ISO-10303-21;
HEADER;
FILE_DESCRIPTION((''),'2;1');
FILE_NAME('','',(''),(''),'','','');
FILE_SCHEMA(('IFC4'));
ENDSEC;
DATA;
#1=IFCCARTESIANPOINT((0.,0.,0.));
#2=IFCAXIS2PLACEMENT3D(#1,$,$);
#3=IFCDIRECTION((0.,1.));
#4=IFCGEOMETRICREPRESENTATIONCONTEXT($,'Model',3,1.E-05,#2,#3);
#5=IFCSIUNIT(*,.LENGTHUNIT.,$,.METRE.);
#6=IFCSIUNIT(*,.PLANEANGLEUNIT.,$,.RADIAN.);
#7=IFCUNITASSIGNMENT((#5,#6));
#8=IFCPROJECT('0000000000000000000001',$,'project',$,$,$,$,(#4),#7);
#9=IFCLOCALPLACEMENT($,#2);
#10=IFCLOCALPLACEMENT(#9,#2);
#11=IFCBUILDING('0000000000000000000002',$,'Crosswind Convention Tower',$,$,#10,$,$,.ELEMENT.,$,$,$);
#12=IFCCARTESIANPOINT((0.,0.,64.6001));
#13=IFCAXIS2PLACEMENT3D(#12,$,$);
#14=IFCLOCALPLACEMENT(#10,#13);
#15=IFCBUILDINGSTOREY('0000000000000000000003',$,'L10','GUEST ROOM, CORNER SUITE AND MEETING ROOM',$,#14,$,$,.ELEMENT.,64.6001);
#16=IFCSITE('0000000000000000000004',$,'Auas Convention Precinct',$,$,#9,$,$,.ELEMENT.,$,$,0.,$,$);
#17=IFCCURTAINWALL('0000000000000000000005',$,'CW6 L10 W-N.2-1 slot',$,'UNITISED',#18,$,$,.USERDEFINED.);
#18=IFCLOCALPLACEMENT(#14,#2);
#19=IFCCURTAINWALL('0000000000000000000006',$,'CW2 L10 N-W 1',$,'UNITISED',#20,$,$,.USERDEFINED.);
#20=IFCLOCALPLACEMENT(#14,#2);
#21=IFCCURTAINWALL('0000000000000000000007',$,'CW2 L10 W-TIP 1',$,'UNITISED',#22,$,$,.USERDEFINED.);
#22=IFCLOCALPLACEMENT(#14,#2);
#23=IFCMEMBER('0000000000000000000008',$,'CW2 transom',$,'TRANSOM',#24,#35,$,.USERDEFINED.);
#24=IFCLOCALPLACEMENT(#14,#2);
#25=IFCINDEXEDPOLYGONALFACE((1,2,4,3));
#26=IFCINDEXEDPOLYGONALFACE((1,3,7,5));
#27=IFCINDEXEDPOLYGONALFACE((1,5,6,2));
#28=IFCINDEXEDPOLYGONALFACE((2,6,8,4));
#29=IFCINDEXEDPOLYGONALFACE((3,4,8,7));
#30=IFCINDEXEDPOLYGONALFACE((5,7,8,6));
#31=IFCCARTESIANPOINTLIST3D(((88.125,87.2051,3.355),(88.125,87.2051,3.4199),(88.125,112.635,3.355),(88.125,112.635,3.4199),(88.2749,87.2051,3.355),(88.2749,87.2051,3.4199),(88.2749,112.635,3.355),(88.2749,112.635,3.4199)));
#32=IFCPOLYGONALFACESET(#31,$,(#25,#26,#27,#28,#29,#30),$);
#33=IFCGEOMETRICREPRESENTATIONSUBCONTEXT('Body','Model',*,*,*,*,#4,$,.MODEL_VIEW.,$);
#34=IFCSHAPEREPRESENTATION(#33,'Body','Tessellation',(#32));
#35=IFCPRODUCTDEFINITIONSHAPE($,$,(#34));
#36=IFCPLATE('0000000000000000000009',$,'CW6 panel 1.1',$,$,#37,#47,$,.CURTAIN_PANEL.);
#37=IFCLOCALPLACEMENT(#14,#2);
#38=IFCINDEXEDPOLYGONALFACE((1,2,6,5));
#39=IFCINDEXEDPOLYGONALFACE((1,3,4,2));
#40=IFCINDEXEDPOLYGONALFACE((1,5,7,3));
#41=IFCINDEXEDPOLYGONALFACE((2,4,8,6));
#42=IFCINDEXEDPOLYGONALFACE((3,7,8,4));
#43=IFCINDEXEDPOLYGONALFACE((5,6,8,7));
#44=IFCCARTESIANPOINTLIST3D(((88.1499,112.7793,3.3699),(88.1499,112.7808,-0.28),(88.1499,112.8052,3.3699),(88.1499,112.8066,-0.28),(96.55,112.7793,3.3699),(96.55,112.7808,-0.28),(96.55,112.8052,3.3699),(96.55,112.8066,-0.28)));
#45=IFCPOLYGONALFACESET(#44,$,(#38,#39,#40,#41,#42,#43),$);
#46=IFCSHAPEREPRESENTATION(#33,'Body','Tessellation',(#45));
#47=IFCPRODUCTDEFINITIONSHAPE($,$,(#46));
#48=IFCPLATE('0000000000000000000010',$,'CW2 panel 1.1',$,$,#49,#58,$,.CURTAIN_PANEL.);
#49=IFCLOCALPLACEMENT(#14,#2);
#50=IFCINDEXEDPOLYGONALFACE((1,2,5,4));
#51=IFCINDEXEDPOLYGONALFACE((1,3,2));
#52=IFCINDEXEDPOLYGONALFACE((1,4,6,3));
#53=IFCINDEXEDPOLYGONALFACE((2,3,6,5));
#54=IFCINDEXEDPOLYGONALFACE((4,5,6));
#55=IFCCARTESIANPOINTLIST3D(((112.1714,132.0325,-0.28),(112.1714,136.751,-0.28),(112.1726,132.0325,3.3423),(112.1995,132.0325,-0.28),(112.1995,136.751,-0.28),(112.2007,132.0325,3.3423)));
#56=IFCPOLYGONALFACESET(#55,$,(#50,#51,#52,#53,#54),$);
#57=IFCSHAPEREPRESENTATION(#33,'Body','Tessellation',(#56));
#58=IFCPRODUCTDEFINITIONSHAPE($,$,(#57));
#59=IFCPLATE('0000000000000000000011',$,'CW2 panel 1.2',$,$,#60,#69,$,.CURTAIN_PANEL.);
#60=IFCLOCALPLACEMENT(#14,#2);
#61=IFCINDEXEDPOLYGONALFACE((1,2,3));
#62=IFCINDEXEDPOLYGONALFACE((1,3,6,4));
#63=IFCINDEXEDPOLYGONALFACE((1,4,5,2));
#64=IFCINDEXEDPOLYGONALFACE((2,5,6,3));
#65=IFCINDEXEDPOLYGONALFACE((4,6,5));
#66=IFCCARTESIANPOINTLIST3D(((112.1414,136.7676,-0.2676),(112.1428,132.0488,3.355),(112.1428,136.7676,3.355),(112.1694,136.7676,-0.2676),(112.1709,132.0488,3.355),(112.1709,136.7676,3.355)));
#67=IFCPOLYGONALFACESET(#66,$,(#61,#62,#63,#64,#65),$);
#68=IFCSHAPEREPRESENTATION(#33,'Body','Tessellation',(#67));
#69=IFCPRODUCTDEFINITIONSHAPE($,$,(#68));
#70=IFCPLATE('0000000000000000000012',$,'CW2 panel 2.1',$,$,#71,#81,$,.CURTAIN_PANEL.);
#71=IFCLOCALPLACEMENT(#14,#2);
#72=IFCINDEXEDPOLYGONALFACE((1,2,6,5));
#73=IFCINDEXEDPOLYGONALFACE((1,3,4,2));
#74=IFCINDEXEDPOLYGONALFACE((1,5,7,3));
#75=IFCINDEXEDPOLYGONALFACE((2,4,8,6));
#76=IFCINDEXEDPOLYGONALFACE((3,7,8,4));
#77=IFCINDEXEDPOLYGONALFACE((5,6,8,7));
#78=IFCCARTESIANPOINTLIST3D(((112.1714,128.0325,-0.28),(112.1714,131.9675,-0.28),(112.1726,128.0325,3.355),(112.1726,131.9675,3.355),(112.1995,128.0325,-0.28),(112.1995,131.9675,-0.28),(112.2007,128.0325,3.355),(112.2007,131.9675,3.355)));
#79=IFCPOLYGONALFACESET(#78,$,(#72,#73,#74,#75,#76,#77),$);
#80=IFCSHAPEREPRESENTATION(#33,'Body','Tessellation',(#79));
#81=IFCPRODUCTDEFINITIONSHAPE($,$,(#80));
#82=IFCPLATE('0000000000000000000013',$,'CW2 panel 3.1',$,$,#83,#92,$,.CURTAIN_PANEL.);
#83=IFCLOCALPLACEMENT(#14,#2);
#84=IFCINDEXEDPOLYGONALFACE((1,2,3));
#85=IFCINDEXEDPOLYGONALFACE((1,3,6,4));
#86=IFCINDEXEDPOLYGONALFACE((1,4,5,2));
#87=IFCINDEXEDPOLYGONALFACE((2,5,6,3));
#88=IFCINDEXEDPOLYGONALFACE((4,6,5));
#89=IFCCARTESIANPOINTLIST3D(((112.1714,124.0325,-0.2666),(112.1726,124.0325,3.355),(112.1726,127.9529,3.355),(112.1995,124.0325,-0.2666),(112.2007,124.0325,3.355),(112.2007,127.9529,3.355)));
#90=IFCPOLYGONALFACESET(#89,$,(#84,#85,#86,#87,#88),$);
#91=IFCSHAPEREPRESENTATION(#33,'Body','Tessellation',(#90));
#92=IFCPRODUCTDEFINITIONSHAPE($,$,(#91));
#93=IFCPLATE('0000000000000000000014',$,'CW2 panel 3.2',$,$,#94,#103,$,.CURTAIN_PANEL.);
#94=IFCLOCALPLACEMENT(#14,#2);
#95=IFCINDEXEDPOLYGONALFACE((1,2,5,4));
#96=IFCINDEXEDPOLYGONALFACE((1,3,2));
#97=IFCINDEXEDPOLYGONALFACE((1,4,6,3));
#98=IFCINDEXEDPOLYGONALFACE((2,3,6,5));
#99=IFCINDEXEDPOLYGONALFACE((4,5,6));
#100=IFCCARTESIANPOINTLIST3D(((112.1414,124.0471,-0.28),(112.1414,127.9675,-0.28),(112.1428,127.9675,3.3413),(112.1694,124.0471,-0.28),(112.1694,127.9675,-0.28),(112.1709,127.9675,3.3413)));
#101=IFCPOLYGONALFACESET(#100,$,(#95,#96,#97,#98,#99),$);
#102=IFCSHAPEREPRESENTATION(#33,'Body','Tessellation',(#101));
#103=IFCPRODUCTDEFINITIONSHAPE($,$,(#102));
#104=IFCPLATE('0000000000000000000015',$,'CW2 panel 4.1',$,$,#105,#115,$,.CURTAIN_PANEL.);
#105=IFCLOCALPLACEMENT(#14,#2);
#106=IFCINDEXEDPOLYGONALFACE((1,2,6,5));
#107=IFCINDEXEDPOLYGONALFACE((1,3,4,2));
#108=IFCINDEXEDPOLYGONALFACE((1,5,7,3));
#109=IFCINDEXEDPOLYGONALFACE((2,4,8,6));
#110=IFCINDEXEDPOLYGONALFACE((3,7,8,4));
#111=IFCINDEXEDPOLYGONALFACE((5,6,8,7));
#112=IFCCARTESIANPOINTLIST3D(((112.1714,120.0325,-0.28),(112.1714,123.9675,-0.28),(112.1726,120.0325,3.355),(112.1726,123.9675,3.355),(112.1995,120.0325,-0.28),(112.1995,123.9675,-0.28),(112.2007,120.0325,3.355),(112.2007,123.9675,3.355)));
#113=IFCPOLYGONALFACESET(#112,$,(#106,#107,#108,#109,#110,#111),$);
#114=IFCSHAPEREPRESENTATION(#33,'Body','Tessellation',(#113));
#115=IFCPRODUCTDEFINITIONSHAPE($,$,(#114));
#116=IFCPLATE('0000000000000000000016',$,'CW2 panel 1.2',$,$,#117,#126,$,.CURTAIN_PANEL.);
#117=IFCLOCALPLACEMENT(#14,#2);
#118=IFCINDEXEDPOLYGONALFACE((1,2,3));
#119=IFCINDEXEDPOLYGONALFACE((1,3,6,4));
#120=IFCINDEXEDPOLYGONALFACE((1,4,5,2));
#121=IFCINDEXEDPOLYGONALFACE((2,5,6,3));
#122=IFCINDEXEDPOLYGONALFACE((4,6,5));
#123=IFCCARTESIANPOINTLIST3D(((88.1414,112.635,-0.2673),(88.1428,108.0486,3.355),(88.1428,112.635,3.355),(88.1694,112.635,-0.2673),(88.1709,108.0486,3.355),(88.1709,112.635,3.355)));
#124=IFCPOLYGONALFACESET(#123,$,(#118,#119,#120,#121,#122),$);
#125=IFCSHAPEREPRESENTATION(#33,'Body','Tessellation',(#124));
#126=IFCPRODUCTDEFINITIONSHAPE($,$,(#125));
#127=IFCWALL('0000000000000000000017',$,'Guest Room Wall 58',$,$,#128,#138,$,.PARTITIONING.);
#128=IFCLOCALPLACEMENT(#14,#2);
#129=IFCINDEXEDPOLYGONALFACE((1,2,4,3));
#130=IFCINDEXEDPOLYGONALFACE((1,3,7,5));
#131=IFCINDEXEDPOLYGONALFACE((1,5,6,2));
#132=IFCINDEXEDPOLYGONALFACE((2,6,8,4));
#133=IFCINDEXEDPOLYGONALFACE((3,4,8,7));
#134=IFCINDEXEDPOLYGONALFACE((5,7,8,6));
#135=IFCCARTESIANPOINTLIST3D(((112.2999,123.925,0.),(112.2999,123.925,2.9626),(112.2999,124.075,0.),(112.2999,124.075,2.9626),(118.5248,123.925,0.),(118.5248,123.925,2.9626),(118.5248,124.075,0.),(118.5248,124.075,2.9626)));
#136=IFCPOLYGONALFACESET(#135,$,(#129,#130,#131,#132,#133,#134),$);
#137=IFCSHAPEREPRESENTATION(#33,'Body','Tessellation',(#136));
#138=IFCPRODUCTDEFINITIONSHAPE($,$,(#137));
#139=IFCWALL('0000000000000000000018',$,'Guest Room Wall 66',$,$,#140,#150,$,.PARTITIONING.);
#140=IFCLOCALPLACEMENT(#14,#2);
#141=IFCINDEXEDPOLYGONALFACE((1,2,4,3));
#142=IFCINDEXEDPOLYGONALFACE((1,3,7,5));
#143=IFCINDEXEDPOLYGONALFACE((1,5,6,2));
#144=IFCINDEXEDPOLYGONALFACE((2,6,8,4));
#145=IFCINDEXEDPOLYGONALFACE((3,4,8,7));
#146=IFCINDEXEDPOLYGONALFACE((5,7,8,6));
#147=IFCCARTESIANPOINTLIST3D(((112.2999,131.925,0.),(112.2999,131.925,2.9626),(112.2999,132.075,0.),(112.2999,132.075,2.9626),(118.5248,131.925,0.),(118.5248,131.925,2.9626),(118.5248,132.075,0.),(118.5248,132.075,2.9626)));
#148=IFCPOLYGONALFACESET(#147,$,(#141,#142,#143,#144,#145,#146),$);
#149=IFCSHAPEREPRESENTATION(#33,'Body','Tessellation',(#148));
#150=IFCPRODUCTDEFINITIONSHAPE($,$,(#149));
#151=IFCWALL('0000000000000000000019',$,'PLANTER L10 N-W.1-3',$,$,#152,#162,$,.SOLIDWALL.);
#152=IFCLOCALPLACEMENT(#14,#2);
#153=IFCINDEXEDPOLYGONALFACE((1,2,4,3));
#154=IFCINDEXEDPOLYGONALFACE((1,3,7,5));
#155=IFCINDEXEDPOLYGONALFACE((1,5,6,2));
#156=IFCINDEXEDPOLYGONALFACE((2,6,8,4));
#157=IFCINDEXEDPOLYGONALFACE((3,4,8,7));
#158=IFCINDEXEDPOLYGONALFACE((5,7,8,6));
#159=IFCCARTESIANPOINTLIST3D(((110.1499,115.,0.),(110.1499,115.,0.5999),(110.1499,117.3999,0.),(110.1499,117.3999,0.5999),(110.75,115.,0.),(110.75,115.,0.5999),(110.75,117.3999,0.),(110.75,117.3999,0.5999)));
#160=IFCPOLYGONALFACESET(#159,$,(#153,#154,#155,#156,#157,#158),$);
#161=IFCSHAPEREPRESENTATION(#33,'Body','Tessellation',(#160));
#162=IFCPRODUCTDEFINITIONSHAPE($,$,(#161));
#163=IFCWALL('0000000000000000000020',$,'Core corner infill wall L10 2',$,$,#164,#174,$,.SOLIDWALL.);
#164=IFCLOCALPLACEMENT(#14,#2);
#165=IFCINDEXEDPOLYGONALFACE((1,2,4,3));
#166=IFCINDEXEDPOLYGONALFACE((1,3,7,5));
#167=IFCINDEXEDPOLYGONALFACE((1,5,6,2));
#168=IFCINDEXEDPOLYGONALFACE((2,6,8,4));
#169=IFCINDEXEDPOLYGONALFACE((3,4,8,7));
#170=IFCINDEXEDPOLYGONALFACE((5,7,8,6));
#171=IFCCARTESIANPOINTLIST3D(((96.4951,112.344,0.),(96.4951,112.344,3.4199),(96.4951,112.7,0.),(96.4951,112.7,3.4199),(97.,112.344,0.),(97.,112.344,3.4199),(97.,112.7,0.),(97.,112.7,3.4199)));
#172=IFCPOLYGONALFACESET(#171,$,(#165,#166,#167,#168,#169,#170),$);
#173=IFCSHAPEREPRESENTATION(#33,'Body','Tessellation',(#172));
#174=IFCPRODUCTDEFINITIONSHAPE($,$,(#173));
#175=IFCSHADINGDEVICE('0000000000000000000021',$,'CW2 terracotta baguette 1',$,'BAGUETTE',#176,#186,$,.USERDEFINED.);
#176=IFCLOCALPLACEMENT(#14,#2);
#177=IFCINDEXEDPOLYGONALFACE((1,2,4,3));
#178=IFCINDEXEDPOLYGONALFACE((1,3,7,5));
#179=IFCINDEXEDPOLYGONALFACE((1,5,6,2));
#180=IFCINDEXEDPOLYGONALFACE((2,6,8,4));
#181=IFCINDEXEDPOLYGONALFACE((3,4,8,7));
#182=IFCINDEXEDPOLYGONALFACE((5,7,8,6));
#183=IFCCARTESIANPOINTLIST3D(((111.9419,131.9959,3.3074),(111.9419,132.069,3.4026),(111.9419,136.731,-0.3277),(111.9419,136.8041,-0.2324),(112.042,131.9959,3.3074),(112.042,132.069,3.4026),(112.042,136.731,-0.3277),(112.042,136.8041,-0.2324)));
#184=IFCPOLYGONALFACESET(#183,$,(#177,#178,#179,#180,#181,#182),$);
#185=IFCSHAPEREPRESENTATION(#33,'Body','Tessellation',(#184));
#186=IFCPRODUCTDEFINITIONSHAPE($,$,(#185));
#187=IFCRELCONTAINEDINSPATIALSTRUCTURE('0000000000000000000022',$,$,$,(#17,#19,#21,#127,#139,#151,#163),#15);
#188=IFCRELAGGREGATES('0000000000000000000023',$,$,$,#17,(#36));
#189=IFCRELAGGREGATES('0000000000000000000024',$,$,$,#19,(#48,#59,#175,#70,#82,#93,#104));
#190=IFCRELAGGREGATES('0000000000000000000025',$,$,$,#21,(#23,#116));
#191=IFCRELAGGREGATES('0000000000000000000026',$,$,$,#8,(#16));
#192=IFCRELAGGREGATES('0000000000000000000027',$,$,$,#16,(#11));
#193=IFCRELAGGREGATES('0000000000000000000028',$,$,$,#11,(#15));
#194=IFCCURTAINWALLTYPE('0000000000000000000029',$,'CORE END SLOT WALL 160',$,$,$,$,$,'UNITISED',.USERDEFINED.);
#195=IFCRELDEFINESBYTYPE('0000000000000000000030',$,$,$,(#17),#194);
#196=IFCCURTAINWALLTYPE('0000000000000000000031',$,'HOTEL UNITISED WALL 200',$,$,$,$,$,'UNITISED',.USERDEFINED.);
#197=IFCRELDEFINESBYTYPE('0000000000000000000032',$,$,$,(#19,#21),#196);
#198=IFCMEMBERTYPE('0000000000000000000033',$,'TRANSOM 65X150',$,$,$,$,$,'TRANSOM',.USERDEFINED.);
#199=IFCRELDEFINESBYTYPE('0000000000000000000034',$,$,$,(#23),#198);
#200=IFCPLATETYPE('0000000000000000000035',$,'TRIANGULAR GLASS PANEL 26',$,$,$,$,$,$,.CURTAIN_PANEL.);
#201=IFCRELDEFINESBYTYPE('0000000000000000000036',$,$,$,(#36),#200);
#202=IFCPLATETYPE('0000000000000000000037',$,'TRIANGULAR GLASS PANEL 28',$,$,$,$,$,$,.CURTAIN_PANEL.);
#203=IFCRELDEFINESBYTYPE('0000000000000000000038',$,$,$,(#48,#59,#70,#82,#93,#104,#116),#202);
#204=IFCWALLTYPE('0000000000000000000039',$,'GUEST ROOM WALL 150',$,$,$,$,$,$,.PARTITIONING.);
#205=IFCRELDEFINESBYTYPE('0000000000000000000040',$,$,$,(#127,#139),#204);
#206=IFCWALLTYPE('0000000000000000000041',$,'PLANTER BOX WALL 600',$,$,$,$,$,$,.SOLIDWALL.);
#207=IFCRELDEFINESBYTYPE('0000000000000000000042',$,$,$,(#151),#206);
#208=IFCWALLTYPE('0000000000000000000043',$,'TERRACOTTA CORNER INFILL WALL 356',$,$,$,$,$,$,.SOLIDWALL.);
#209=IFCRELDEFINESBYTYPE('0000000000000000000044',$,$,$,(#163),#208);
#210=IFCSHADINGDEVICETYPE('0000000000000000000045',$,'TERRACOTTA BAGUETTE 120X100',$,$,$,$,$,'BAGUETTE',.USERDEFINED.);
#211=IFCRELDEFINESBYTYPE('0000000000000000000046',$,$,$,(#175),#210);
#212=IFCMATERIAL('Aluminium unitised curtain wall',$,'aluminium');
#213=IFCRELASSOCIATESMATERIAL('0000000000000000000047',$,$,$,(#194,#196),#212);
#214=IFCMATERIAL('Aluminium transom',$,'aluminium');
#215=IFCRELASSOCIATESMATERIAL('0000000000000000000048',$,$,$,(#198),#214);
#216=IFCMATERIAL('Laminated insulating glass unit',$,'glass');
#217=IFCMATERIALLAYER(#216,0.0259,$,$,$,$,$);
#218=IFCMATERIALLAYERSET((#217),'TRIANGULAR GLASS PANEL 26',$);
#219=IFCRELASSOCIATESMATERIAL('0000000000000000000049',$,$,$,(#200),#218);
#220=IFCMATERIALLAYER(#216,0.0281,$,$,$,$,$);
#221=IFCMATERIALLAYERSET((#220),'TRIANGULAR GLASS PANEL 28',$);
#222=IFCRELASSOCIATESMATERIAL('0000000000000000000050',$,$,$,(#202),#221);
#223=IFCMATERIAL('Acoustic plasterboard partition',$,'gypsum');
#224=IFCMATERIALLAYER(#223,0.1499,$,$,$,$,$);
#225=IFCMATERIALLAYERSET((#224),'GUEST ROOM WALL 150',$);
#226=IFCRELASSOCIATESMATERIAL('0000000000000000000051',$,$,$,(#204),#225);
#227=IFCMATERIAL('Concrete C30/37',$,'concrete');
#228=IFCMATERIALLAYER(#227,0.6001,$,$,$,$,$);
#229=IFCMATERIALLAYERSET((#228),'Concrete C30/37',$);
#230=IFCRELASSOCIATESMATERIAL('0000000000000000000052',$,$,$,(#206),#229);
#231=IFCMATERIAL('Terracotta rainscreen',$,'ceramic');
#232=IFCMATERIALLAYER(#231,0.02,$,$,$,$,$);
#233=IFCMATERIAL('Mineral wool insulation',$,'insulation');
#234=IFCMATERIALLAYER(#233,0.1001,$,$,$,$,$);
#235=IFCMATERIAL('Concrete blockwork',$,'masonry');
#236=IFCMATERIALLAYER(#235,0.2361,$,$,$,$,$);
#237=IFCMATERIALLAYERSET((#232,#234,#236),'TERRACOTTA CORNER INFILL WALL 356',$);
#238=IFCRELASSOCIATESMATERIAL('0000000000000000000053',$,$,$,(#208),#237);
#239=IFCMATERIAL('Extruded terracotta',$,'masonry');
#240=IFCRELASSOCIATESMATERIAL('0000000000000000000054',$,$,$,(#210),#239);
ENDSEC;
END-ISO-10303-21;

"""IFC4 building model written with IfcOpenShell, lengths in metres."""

from ifc_helpers import new_model, si_unit, direction, frame, frame_2d, origin, origin_2d, place, context, subcontext, project, spatial, polyline, rectangle, outline, extrude, material, layer, layer_set, material_profile, profile_set, type_object, element, aggregate, save


model = new_model("IFC4")

# Units and contexts
model_context = context("Model", 3, precision=1e-05, world=origin(), true_north=direction((0.0, 1.0)))
body_context = subcontext(model_context, "Body", "Model", "MODEL_VIEW")
ifc_project = project(units=[si_unit("LENGTHUNIT", "METRE"), si_unit("PLANEANGLEUNIT", "RADIAN")], contexts=[model_context])

# Site, building, storey
site_placement = place(None, origin())
site = spatial("IfcSite", under=ifc_project, at=site_placement, Name="Auas Convention Precinct", CompositionType="ELEMENT", RefElevation=0.0)
building_placement = place(site_placement, origin())
building = spatial("IfcBuilding", under=site, at=building_placement, Name="Crosswind Convention Tower", CompositionType="ELEMENT")
storey_placement = place(building_placement, frame((0.0, 0.0, 64.6001)))
storey = spatial("IfcBuildingStorey", under=building, at=storey_placement, Name="L10", Description="GUEST ROOM, CORNER SUITE AND MEETING ROOM", CompositionType="ELEMENT", Elevation=64.6001)

# Curtain wall
ifc_material_1 = material(Name="Aluminium unitised curtain wall", Category="aluminium")
curtain_wall_type_1 = type_object("IfcCurtainWallType", Name="CORE END SLOT WALL 160", ElementType="UNITISED", PredefinedType="USERDEFINED", material=ifc_material_1)
curtain_wall_1_placement = place(storey_placement, origin())
curtain_wall_1 = element("IfcCurtainWall", 1, at=curtain_wall_1_placement, inside=storey, type_object=curtain_wall_type_1, Name="CW6 L10 W-N.2-1 slot", ObjectType="UNITISED", PredefinedType="USERDEFINED")

# Shared definitions
curtain_wall_type_2 = type_object("IfcCurtainWallType", Name="HOTEL UNITISED WALL 200", ElementType="UNITISED", PredefinedType="USERDEFINED", material=ifc_material_1)

# Curtain wall
curtain_wall_2_placement = place(storey_placement, origin())
curtain_wall_2 = element("IfcCurtainWall", 2, at=curtain_wall_2_placement, inside=storey, type_object=curtain_wall_type_2, Name="CW2 L10 N-W 1", ObjectType="UNITISED", PredefinedType="USERDEFINED")

# Curtain wall
curtain_wall_3_placement = place(storey_placement, origin())
curtain_wall_3 = element("IfcCurtainWall", 3, at=curtain_wall_3_placement, inside=storey, type_object=curtain_wall_type_2, Name="CW2 L10 W-TIP 1", ObjectType="UNITISED", PredefinedType="USERDEFINED")

# Member
ifc_material_2 = material(Name="Aluminium transom", Category="aluminium")
ifc_material_profile_1 = material_profile(ifc_material_2, rectangle(XDim=0.1499, YDim=0.0649, at=origin_2d()), Name="AL 150X65")
ifc_profile_set_1 = profile_set([ifc_material_profile_1], Name="Aluminium transom")
member_type_1 = type_object("IfcMemberType", Name="TRANSOM 65X150", ElementType="TRANSOM", PredefinedType="USERDEFINED", material=ifc_profile_set_1)
member_1_placement = place(storey_placement, frame((88.2, 112.635, 3.3875), z_axis=(0.0, -1.0, 0.0), x_axis=(1.0, 0.0, 0.0)))
member_1 = element("IfcMember", 4, at=member_1_placement, type_object=member_type_1, Name="CW2 transom", ObjectType="TRANSOM", PredefinedType="USERDEFINED", context=body_context, shape_type="SweptSolid", body=[
    extrude(rectangle(XDim=0.1499, YDim=0.0649, at=origin_2d()), origin(), (0.0, 0.0, 1.0), 25.4299),
])

# Plates
ifc_material_3 = material(Name="Laminated insulating glass unit", Category="glass")
ifc_layer_1 = layer(ifc_material_3, 0.0259)
ifc_layer_set_1 = layer_set([ifc_layer_1], Name="TRIANGULAR GLASS PANEL 26")
plate_type_1 = type_object("IfcPlateType", Name="TRIANGULAR GLASS PANEL 26", PredefinedType="CURTAIN_PANEL", material=ifc_layer_set_1)
plate_1_placement = place(storey_placement, frame((96.55, 112.8066, -0.28), z_axis=(0.0, 1.0, 0.000401), x_axis=(-1.0, 0.0, 0.0)))
plate_1 = element("IfcPlate", 5, at=plate_1_placement, type_object=plate_type_1, Name="CW6 panel 1.1", PredefinedType="CURTAIN_PANEL", context=body_context, shape_type="SweptSolid", body=[
    extrude(outline(polyline([(0.0, 0.0), (8.4001, 0.0), (8.4001, 3.6499), (0.0, 3.6499), (0.0, 0.0)])), origin(), (0.0, 0.0, -1.0), 0.0259),
])
aggregate(curtain_wall_1, [plate_1])
ifc_layer_2 = layer(ifc_material_3, 0.0281)
ifc_layer_set_2 = layer_set([ifc_layer_2], Name="TRIANGULAR GLASS PANEL 28")
plate_type_2 = type_object("IfcPlateType", Name="TRIANGULAR GLASS PANEL 28", PredefinedType="CURTAIN_PANEL", material=ifc_layer_set_2)
plate_2_placement = place(storey_placement, frame((112.1714, 132.0325, -0.28), z_axis=(-1.0, 0.0, 0.000337), x_axis=(0.000337, 0.0, 1.0)))
plate_2 = element("IfcPlate", 6, at=plate_2_placement, type_object=plate_type_2, Name="CW2 panel 1.1", PredefinedType="CURTAIN_PANEL", context=body_context, shape_type="SweptSolid", body=[
    extrude(outline(polyline([(0.0, 0.0), (3.6223, 0.0), (0.0, 4.7185), (0.0, 0.0)])), origin(), (0.0, 0.0, -1.0), 0.0281),
])
plate_3_placement = place(storey_placement, frame((112.1428, 136.7676, 3.355), z_axis=(-1.0, 0.0, 0.000404), x_axis=(-0.000404, 0.0, -1.0)))
plate_3 = element("IfcPlate", 7, at=plate_3_placement, type_object=plate_type_2, Name="CW2 panel 1.2", PredefinedType="CURTAIN_PANEL", context=body_context, shape_type="SweptSolid", body=[
    extrude(outline(polyline([(0.0, 0.0), (3.6226, 0.0), (0.0, 4.7187), (0.0, 0.0)])), origin(), (0.0, 0.0, -1.0), 0.0281),
])
plate_4_placement = place(storey_placement, frame((112.1714, 131.9675, -0.28), z_axis=(-1.0, 0.0, 0.000336), x_axis=(0.0, -1.0, 0.0)))
plate_4 = element("IfcPlate", 8, at=plate_4_placement, type_object=plate_type_2, Name="CW2 panel 2.1", PredefinedType="CURTAIN_PANEL", context=body_context, shape_type="SweptSolid", body=[
    extrude(outline(polyline([(0.0, 0.0), (3.9351, 0.0), (3.9351, 3.635), (0.0, 3.635), (0.0, 0.0)])), origin(), (0.0, 0.0, -1.0), 0.0281),
])
plate_5_placement = place(storey_placement, frame((112.1726, 124.0325, 3.355), z_axis=(-1.0, 0.0, 0.000337), x_axis=(0.0, 1.0, 0.0)))
plate_5 = element("IfcPlate", 9, at=plate_5_placement, type_object=plate_type_2, Name="CW2 panel 3.1", PredefinedType="CURTAIN_PANEL", context=body_context, shape_type="SweptSolid", body=[
    extrude(outline(polyline([(0.0, 0.0), (3.9204, 0.0), (0.0, 3.6216), (0.0, 0.0)])), origin(), (0.0, 0.0, -1.0), 0.0281),
])
plate_6_placement = place(storey_placement, frame((112.1414, 127.9675, -0.28), z_axis=(-1.0, 0.0, 0.000405), x_axis=(0.0, -1.0, 0.0)))
plate_6 = element("IfcPlate", 10, at=plate_6_placement, type_object=plate_type_2, Name="CW2 panel 3.2", PredefinedType="CURTAIN_PANEL", context=body_context, shape_type="SweptSolid", body=[
    extrude(outline(polyline([(0.0, 0.0), (3.9204, 0.0), (0.0, 3.6213), (0.0, 0.0)])), origin(), (0.0, 0.0, -1.0), 0.0281),
])
plate_7_placement = place(storey_placement, frame((112.1714, 123.9675, -0.28), z_axis=(-1.0, 0.0, 0.000336), x_axis=(0.0, -1.0, 0.0)))
plate_7 = element("IfcPlate", 11, at=plate_7_placement, type_object=plate_type_2, Name="CW2 panel 4.1", PredefinedType="CURTAIN_PANEL", context=body_context, shape_type="SweptSolid", body=[
    extrude(outline(polyline([(0.0, 0.0), (3.9351, 0.0), (3.9351, 3.635), (0.0, 3.635), (0.0, 0.0)])), origin(), (0.0, 0.0, -1.0), 0.0281),
])
plate_8_placement = place(storey_placement, frame((88.1428, 112.635, 3.355), z_axis=(-1.0, 0.0, 0.000404), x_axis=(-0.000404, 0.0, -1.0)))
plate_8 = element("IfcPlate", 12, at=plate_8_placement, type_object=plate_type_2, Name="CW2 panel 1.2", PredefinedType="CURTAIN_PANEL", context=body_context, shape_type="SweptSolid", body=[
    extrude(outline(polyline([(0.0, 0.0), (3.6223, 0.0), (0.0, 4.5864), (0.0, 0.0)])), origin(), (0.0, 0.0, -1.0), 0.0281),
])

# Walls
ifc_material_4 = material(Name="Acoustic plasterboard partition", Category="gypsum")
ifc_layer_3 = layer(ifc_material_4, 0.1499)
ifc_layer_set_3 = layer_set([ifc_layer_3], Name="GUEST ROOM WALL 150")
wall_type_1 = type_object("IfcWallType", Name="GUEST ROOM WALL 150", PredefinedType="PARTITIONING", material=ifc_layer_set_3)
for number, where, z_axis, x_axis, name in (
    (13, (112.3, 124.0, 0.0), (0.0, 0.0, 1.0), (1.0, 0.0, 0.0), "Guest Room Wall 58"),
    (14, (112.3, 132.0, 0.0), (0.0, 0.0, 1.0), (1.0, 0.0, 0.0), "Guest Room Wall 66"),
):
    element("IfcWall", number, at=place(storey_placement, frame(where, z_axis=z_axis, x_axis=x_axis)), inside=storey, type_object=wall_type_1, Name=name, PredefinedType="PARTITIONING", context=body_context, shape_type="SweptSolid", body=[
        extrude(rectangle(XDim=6.2249, YDim=0.1499, at=frame_2d((3.1123, 0.0))), origin(), (0.0, 0.0, 1.0), 2.9626),
    ])
ifc_material_5 = material(Name="Concrete C30/37", Category="concrete")
ifc_layer_4 = layer(ifc_material_5, 0.6001)
ifc_layer_set_4 = layer_set([ifc_layer_4], Name="Concrete C30/37")
wall_type_2 = type_object("IfcWallType", Name="PLANTER BOX WALL 600", PredefinedType="SOLIDWALL", material=ifc_layer_set_4)
wall_1_placement = place(storey_placement, frame((110.45, 117.3999, 0.0), z_axis=(0.0, 0.0, 1.0), x_axis=(0.0, -1.0, 0.0)))
element("IfcWall", 15, at=wall_1_placement, inside=storey, type_object=wall_type_2, Name="PLANTER L10 N-W.1-3", PredefinedType="SOLIDWALL", context=body_context, shape_type="SweptSolid", body=[
    extrude(rectangle(XDim=2.3999, YDim=0.6001, at=frame_2d((1.2, 0.0))), origin(), (0.0, 0.0, 1.0), 0.5999),
])
ifc_material_6 = material(Name="Terracotta rainscreen", Category="ceramic")
ifc_layer_5 = layer(ifc_material_6, 0.02)
ifc_material_7 = material(Name="Mineral wool insulation", Category="insulation")
ifc_layer_6 = layer(ifc_material_7, 0.1001)
ifc_material_8 = material(Name="Concrete blockwork", Category="masonry")
ifc_layer_7 = layer(ifc_material_8, 0.2361)
ifc_layer_set_5 = layer_set([ifc_layer_5, ifc_layer_6, ifc_layer_7], Name="TERRACOTTA CORNER INFILL WALL 356")
wall_type_3 = type_object("IfcWallType", Name="TERRACOTTA CORNER INFILL WALL 356", PredefinedType="SOLIDWALL", material=ifc_layer_set_5)
wall_2_placement = place(storey_placement, frame((96.4951, 112.522, 0.0), z_axis=(0.0, 0.0, 1.0), x_axis=(1.0, 0.0, 0.0)))
element("IfcWall", 16, at=wall_2_placement, inside=storey, type_object=wall_type_3, Name="Core corner infill wall L10 2", PredefinedType="SOLIDWALL", context=body_context, shape_type="SweptSolid", body=[
    extrude(rectangle(XDim=0.5049, YDim=0.356, at=frame_2d((0.2524, 0.0))), origin(), (0.0, 0.0, 1.0), 3.4199),
])

# Shading device
ifc_material_9 = material(Name="Extruded terracotta", Category="masonry")
ifc_material_profile_2 = material_profile(ifc_material_9, rectangle(XDim=0.1001, YDim=0.1201, at=origin_2d()), Name="TC 100X120")
ifc_profile_set_2 = profile_set([ifc_material_profile_2], Name="Extruded terracotta")
shading_device_type = type_object("IfcShadingDeviceType", Name="TERRACOTTA BAGUETTE 120X100", ElementType="BAGUETTE", PredefinedType="USERDEFINED", material=ifc_profile_set_2)
shading_device_1_placement = place(storey_placement, frame((111.9919, 136.7676, -0.28), z_axis=(0.0, -0.793221, 0.608934), x_axis=(1.0, 0.0, 0.0)))
shading_device_1 = element("IfcShadingDevice", 17, at=shading_device_1_placement, type_object=shading_device_type, Name="CW2 terracotta baguette 1", ObjectType="BAGUETTE", PredefinedType="USERDEFINED", context=body_context, shape_type="SweptSolid", body=[
    extrude(rectangle(XDim=0.1001, YDim=0.1201, at=origin_2d()), origin(), (0.0, 0.0, 1.0), 5.9695),
])
aggregate(curtain_wall_2, [plate_2, plate_3, shading_device_1, plate_4, plate_5, plate_6, plate_7])
aggregate(curtain_wall_3, [member_1, plate_8])

save(model, "model.ifc")
